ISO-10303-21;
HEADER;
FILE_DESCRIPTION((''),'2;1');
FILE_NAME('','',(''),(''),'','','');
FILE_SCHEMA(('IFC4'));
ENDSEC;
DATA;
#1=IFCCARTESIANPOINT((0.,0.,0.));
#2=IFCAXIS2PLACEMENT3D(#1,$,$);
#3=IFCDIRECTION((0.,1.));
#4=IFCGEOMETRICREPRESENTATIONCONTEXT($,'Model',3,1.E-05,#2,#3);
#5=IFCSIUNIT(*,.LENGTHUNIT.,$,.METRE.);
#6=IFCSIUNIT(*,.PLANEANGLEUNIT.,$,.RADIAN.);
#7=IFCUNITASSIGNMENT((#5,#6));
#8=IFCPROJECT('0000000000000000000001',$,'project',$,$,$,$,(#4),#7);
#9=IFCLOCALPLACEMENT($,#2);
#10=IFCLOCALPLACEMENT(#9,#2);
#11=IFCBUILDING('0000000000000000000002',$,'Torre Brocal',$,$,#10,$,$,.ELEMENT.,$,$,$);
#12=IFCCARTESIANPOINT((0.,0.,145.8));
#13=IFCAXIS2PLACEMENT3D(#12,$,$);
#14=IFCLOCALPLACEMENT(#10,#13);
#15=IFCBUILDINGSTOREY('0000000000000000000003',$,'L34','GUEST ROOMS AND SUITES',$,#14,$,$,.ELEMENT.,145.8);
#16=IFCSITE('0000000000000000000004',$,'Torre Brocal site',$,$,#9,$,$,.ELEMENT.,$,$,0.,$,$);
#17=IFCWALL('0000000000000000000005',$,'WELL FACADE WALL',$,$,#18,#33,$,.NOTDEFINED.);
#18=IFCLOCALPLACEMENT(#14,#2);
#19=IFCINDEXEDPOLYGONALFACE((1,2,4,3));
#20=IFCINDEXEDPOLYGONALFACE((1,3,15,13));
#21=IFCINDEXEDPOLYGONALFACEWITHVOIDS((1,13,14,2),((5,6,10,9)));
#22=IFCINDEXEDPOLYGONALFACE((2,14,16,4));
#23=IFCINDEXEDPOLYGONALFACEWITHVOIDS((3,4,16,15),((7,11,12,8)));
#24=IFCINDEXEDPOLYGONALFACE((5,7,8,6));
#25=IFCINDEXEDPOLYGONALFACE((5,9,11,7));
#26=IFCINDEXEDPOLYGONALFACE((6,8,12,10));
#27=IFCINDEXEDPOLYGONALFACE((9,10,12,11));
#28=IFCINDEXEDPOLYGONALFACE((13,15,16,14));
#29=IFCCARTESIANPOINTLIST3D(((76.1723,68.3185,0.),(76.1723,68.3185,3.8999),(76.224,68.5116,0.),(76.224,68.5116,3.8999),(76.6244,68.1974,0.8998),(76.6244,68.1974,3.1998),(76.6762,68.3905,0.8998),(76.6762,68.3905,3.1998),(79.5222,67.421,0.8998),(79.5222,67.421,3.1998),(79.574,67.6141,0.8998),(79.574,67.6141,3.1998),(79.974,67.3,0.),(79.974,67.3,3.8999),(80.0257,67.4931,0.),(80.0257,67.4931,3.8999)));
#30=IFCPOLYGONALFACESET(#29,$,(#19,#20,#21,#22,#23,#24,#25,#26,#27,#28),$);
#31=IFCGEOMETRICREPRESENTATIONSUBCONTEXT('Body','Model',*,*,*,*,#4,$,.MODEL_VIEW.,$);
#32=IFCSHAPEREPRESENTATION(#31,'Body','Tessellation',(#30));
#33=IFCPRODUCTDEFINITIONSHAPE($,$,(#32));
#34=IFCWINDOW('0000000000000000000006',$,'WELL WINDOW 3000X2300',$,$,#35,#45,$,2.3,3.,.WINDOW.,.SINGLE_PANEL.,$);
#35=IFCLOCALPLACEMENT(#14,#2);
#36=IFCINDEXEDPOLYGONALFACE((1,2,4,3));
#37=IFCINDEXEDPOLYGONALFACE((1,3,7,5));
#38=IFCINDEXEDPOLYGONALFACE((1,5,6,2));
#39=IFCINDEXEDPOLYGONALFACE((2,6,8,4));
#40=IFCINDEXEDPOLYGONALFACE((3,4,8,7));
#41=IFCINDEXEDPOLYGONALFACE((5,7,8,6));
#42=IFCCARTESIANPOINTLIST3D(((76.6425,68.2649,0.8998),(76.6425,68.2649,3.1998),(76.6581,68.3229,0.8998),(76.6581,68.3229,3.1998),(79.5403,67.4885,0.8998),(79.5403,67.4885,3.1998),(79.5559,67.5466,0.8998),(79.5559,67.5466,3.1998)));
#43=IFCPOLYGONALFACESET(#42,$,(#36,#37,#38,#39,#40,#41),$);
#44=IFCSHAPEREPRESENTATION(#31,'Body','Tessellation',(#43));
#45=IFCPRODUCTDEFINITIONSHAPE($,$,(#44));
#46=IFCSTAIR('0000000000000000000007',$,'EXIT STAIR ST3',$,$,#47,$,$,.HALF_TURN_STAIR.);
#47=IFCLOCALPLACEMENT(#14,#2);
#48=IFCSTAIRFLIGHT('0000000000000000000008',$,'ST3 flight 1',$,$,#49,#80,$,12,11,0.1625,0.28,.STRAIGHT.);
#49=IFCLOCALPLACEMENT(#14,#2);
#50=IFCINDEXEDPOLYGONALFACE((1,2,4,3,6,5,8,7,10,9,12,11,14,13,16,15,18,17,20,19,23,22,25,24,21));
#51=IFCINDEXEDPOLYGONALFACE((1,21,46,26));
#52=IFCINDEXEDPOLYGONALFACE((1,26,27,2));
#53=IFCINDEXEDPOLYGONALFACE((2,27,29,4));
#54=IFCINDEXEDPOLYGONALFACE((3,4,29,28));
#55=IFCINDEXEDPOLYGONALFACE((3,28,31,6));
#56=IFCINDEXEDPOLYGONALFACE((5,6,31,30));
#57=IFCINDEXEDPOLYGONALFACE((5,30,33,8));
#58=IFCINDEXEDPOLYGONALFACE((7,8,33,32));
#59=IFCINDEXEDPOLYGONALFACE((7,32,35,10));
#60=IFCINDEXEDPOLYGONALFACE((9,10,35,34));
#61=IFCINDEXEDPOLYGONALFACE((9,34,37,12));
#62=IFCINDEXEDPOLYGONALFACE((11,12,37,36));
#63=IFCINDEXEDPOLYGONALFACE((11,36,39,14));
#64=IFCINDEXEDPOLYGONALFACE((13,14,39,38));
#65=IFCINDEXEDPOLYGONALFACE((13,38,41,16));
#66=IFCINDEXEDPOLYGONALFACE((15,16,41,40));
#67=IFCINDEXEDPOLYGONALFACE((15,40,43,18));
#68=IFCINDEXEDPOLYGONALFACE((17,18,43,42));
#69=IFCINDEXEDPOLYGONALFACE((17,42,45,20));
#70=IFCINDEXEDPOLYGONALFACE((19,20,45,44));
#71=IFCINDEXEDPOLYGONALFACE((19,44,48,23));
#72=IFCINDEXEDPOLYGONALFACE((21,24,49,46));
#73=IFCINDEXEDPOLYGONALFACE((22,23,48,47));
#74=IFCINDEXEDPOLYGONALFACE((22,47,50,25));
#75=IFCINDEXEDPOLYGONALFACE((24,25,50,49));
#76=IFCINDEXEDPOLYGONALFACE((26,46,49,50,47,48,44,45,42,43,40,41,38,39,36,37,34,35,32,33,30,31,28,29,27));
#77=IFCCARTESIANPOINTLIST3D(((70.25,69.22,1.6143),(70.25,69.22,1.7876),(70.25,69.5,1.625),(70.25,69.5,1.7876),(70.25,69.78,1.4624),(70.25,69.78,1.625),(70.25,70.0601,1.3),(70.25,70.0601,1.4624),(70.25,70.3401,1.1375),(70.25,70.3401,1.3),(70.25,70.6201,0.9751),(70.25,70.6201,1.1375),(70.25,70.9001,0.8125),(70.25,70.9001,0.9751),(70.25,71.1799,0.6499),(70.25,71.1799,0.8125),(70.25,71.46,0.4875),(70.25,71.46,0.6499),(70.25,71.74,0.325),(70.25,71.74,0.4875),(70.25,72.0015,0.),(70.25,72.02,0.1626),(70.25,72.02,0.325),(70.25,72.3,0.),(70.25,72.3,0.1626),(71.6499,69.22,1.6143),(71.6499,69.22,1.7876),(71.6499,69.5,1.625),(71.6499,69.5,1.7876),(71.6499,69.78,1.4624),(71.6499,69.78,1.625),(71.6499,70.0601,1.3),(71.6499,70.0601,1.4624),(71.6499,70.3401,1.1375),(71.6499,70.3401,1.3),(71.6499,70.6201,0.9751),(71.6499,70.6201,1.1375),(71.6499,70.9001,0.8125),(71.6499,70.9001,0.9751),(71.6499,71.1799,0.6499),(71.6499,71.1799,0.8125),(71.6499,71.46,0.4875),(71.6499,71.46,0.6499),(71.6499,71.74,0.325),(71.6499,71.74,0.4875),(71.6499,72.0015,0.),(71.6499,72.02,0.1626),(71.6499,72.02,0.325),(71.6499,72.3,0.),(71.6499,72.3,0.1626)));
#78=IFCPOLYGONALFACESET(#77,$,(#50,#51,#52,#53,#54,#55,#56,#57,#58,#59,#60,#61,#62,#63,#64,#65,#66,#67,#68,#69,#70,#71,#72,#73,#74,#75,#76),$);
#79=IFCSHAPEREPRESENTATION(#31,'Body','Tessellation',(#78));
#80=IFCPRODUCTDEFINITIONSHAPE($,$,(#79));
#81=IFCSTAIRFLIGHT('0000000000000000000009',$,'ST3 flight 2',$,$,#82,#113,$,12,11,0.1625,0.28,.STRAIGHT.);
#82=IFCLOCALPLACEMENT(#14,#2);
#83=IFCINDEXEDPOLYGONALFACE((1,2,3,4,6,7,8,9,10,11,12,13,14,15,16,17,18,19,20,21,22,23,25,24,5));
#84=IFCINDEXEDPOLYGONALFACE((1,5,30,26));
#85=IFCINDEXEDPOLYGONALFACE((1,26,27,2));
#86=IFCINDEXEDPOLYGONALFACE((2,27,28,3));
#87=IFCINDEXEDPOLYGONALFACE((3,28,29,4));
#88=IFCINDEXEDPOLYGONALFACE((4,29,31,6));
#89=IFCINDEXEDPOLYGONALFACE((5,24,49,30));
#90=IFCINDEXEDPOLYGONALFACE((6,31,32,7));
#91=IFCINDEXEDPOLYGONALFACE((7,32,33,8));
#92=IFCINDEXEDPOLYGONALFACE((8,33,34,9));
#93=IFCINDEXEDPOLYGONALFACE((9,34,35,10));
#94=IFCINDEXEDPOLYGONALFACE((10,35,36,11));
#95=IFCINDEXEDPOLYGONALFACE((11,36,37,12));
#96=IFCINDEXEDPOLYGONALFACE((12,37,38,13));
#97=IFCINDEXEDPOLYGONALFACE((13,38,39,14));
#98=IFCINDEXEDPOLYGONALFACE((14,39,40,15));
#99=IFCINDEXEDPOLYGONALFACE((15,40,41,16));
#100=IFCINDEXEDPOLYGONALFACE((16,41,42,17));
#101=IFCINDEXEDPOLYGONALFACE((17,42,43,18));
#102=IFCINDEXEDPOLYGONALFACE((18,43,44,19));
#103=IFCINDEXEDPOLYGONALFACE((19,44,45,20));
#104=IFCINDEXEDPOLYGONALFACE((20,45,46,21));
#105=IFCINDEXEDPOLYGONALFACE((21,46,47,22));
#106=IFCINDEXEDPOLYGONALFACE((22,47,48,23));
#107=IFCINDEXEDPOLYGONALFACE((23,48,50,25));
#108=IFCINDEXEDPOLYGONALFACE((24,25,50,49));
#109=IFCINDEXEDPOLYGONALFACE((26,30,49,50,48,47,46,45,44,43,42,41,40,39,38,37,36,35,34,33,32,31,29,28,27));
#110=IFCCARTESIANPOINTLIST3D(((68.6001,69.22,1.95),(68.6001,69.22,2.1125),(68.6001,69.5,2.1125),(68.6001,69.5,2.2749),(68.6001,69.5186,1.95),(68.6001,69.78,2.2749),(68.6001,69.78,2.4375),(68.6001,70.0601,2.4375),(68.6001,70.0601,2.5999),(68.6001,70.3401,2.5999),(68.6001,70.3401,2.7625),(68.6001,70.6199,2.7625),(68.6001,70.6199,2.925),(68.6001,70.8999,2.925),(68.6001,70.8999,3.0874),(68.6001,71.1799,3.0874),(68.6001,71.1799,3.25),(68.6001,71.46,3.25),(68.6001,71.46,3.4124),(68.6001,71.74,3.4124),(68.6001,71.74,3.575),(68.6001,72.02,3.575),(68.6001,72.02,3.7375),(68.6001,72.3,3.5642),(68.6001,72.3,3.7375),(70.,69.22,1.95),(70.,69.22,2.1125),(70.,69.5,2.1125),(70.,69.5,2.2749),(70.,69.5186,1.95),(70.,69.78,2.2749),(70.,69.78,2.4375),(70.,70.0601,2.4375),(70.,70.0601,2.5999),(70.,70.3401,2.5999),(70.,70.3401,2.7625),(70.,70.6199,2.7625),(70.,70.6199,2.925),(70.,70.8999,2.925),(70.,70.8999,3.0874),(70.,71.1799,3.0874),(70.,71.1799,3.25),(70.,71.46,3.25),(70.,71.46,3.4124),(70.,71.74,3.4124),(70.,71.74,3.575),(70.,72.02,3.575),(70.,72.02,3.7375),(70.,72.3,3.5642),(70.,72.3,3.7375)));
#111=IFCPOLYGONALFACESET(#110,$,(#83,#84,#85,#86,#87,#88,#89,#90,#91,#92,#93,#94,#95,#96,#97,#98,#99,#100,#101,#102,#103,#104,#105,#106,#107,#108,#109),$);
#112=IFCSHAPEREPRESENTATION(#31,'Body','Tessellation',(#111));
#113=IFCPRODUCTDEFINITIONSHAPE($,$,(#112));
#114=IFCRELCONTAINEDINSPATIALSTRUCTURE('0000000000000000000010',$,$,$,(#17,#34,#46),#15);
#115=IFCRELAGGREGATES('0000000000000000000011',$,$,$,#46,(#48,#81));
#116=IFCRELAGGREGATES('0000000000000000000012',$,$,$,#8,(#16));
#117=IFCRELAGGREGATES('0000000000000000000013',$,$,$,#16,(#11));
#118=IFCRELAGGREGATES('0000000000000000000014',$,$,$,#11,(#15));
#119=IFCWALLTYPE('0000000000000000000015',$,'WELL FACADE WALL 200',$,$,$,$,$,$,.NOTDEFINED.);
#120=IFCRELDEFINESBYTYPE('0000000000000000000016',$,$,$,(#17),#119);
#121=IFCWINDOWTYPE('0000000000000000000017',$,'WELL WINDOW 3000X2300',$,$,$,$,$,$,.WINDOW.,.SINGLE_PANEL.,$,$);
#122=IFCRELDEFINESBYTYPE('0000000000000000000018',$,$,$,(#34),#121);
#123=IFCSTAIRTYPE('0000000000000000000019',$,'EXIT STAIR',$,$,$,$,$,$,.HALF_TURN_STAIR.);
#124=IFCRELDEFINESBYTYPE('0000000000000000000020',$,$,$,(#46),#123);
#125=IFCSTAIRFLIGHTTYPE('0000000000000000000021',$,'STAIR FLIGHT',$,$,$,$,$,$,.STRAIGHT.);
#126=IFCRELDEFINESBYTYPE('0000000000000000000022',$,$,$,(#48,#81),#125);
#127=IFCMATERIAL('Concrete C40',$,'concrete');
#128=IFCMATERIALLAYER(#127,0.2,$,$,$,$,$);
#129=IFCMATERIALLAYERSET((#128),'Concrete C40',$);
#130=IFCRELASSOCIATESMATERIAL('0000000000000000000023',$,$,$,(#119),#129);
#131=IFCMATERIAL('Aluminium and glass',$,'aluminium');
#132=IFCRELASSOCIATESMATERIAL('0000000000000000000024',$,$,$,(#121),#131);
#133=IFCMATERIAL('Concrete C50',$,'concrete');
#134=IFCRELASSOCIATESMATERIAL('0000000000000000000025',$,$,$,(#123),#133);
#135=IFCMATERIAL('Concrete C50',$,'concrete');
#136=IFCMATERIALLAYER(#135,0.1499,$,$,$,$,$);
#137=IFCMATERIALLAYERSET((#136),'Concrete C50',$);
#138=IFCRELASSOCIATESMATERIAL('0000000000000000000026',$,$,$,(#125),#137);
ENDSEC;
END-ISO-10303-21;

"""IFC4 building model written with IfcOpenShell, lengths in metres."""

from ifc_helpers import new_model, si_unit, direction, frame, frame_2d, origin, place, context, subcontext, project, spatial, polyline, rectangle, outline, extrude, material, layer, layer_set, type_object, element, fill, aggregate, save


model = new_model("IFC4")

# Units and contexts
model_context = context("Model", 3, precision=1e-05, world=origin(), true_north=direction((0.0, 1.0)))
body_context = subcontext(model_context, "Body", "Model", "MODEL_VIEW")
ifc_project = project(units=[si_unit("LENGTHUNIT", "METRE"), si_unit("PLANEANGLEUNIT", "RADIAN")], contexts=[model_context])

# Site, building, storey
site_placement = place(None, origin())
site = spatial("IfcSite", under=ifc_project, at=site_placement, Name="Torre Brocal site", CompositionType="ELEMENT", RefElevation=0.0)
building_placement = place(site_placement, origin())
building = spatial("IfcBuilding", under=site, at=building_placement, Name="Torre Brocal", CompositionType="ELEMENT")
storey_placement = place(building_placement, frame((0.0, 0.0, 145.8)))
storey = spatial("IfcBuildingStorey", under=building, at=storey_placement, Name="L34", Description="GUEST ROOMS AND SUITES", CompositionType="ELEMENT", Elevation=145.8)

# Wall, opening, window
ifc_material_1 = material(Name="Concrete C40", Category="concrete")
ifc_layer_1 = layer(ifc_material_1, 0.2)
ifc_layer_set_1 = layer_set([ifc_layer_1], Name="Concrete C40")
wall_type_1 = type_object("IfcWallType", Name="WELL FACADE WALL 200", PredefinedType="NOTDEFINED", material=ifc_layer_set_1)
ifc_material_2 = material(Name="Aluminium and glass", Category="aluminium")
window_type = type_object("IfcWindowType", Name="WELL WINDOW 3000X2300", PartitioningType="SINGLE_PANEL", PredefinedType="WINDOW", material=ifc_material_2)
wall_1_placement = place(storey_placement, frame((76.1982, 68.415, 0.0), z_axis=(0.0, 0.0, 1.0), x_axis=(0.965934, -0.25879, 0.0)))
wall_1 = element("IfcWall", 1, at=wall_1_placement, inside=storey, type_object=wall_type_1, Name="WELL FACADE WALL", PredefinedType="NOTDEFINED", context=body_context, shape_type="SweptSolid", body=[
    extrude(rectangle(XDim=3.9358, YDim=0.2, at=frame_2d((1.9678, 0.0))), origin(), (0.0, 0.0, 1.0), 3.8999),
])
opening_1_placement = place(wall_1_placement, frame((0.468, 0.0, 0.8999)))
opening_1 = element("IfcOpeningElement", 2, at=opening_1_placement, cuts=wall_1, PredefinedType="OPENING", context=body_context, shape_type="SweptSolid", body=[
    extrude(rectangle(XDim=3.0, YDim=2.3, at=frame_2d((1.5, 1.1499))), frame((0.0, 0.1099, 0.0), z_axis=(0.0, -1.0, 0.0), x_axis=(1.0, 0.0, 0.0)), (0.0, 0.0, 1.0), 0.22),
])
window_1_placement = place(opening_1_placement, origin())
window_1 = element("IfcWindow", 3, at=window_1_placement, inside=storey, type_object=window_type, Name="WELL WINDOW 3000X2300", OverallHeight=2.3, OverallWidth=3.0, PartitioningType="SINGLE_PANEL", PredefinedType="WINDOW", context=body_context, shape_type="SweptSolid", body=[
    extrude(rectangle(XDim=3.0, YDim=2.3, at=frame_2d((1.5, 1.1499))), frame((0.0, 0.03, 0.0), z_axis=(0.0, -1.0, 0.0), x_axis=(1.0, 0.0, 0.0)), (0.0, 0.0, 1.0), 0.0601),
])
fill(opening_1, window_1)

# Stair, stair flights
ifc_material_3 = material(Name="Concrete C50", Category="concrete")
stair_type = type_object("IfcStairType", Name="EXIT STAIR", PredefinedType="HALF_TURN_STAIR", material=ifc_material_3)
stair_placement = place(storey_placement, origin())
stair = element("IfcStair", 4, at=stair_placement, inside=storey, type_object=stair_type, Name="EXIT STAIR ST3", PredefinedType="HALF_TURN_STAIR")
ifc_material_4 = material(Name="Concrete C50", Category="concrete")
ifc_layer_2 = layer(ifc_material_4, 0.1499)
ifc_layer_set_2 = layer_set([ifc_layer_2], Name="Concrete C50")
stair_flight_type = type_object("IfcStairFlightType", Name="STAIR FLIGHT", PredefinedType="STRAIGHT", material=ifc_layer_set_2)
stair_flight_1_placement = place(storey_placement, frame((70.95, 72.3, 0.0), z_axis=(0.0, 0.0, 1.0), x_axis=(0.0, -1.0, 0.0)))
stair_flight_1 = element("IfcStairFlight", 5, at=stair_flight_1_placement, type_object=stair_flight_type, Name="ST3 flight 1", NumberOfRisers=12, NumberOfTreads=11, PredefinedType="STRAIGHT", RiserHeight=0.1625, TreadLength=0.28, context=body_context, shape_type="SweptSolid", body=[
    extrude(outline(polyline([(0.0, 0.0), (0.0, 0.1626), (0.28, 0.1626), (0.28, 0.325), (0.5601, 0.325), (0.5601, 0.4875), (0.8401, 0.4875), (0.8401, 0.6499), (1.1201, 0.6499), (1.1201, 0.8125), (1.3999, 0.8125), (1.3999, 0.9751), (1.6799, 0.9751), (1.6799, 1.1375), (1.96, 1.1375), (1.96, 1.3), (2.24, 1.3), (2.24, 1.4624), (2.52, 1.4624), (2.52, 1.625), (2.8, 1.625), (2.8, 1.7876), (3.0801, 1.7876), (3.0801, 1.95), (3.0801, 1.6143), (0.2986, 0.0), (0.0, 0.0)])), frame((0.0, 0.7, 0.0), z_axis=(0.0, -1.0, 0.0), x_axis=(1.0, 0.0, 0.0)), (0.0, 0.0, 1.0), 1.3999),
])
stair_flight_2_placement = place(storey_placement, frame((69.3, 69.22, 1.95), z_axis=(0.0, 0.0, 1.0), x_axis=(0.0, 1.0, 0.0)))
stair_flight_2 = element("IfcStairFlight", 6, at=stair_flight_2_placement, type_object=stair_flight_type, Name="ST3 flight 2", NumberOfRisers=12, NumberOfTreads=11, PredefinedType="STRAIGHT", RiserHeight=0.1625, TreadLength=0.28, context=body_context, shape_type="SweptSolid", body=[
    extrude(outline(polyline([(0.0, 0.0), (0.0, 0.1626), (0.28, 0.1626), (0.28, 0.325), (0.5601, 0.325), (0.5601, 0.4875), (0.8401, 0.4875), (0.8401, 0.6499), (1.1201, 0.6499), (1.1201, 0.8125), (1.3999, 0.8125), (1.3999, 0.9751), (1.6799, 0.9751), (1.6799, 1.1375), (1.96, 1.1375), (1.96, 1.3), (2.24, 1.3), (2.24, 1.4624), (2.52, 1.4624), (2.52, 1.625), (2.8, 1.625), (2.8, 1.7876), (3.0801, 1.7876), (3.0801, 1.95), (3.0801, 1.6143), (0.2986, 0.0), (0.0, 0.0)])), frame((0.0, 0.7, 0.0), z_axis=(0.0, -1.0, 0.0), x_axis=(1.0, 0.0, 0.0)), (0.0, 0.0, 1.0), 1.3999),
])
aggregate(stair, [stair_flight_1, stair_flight_2])

save(model, "model.ifc")
